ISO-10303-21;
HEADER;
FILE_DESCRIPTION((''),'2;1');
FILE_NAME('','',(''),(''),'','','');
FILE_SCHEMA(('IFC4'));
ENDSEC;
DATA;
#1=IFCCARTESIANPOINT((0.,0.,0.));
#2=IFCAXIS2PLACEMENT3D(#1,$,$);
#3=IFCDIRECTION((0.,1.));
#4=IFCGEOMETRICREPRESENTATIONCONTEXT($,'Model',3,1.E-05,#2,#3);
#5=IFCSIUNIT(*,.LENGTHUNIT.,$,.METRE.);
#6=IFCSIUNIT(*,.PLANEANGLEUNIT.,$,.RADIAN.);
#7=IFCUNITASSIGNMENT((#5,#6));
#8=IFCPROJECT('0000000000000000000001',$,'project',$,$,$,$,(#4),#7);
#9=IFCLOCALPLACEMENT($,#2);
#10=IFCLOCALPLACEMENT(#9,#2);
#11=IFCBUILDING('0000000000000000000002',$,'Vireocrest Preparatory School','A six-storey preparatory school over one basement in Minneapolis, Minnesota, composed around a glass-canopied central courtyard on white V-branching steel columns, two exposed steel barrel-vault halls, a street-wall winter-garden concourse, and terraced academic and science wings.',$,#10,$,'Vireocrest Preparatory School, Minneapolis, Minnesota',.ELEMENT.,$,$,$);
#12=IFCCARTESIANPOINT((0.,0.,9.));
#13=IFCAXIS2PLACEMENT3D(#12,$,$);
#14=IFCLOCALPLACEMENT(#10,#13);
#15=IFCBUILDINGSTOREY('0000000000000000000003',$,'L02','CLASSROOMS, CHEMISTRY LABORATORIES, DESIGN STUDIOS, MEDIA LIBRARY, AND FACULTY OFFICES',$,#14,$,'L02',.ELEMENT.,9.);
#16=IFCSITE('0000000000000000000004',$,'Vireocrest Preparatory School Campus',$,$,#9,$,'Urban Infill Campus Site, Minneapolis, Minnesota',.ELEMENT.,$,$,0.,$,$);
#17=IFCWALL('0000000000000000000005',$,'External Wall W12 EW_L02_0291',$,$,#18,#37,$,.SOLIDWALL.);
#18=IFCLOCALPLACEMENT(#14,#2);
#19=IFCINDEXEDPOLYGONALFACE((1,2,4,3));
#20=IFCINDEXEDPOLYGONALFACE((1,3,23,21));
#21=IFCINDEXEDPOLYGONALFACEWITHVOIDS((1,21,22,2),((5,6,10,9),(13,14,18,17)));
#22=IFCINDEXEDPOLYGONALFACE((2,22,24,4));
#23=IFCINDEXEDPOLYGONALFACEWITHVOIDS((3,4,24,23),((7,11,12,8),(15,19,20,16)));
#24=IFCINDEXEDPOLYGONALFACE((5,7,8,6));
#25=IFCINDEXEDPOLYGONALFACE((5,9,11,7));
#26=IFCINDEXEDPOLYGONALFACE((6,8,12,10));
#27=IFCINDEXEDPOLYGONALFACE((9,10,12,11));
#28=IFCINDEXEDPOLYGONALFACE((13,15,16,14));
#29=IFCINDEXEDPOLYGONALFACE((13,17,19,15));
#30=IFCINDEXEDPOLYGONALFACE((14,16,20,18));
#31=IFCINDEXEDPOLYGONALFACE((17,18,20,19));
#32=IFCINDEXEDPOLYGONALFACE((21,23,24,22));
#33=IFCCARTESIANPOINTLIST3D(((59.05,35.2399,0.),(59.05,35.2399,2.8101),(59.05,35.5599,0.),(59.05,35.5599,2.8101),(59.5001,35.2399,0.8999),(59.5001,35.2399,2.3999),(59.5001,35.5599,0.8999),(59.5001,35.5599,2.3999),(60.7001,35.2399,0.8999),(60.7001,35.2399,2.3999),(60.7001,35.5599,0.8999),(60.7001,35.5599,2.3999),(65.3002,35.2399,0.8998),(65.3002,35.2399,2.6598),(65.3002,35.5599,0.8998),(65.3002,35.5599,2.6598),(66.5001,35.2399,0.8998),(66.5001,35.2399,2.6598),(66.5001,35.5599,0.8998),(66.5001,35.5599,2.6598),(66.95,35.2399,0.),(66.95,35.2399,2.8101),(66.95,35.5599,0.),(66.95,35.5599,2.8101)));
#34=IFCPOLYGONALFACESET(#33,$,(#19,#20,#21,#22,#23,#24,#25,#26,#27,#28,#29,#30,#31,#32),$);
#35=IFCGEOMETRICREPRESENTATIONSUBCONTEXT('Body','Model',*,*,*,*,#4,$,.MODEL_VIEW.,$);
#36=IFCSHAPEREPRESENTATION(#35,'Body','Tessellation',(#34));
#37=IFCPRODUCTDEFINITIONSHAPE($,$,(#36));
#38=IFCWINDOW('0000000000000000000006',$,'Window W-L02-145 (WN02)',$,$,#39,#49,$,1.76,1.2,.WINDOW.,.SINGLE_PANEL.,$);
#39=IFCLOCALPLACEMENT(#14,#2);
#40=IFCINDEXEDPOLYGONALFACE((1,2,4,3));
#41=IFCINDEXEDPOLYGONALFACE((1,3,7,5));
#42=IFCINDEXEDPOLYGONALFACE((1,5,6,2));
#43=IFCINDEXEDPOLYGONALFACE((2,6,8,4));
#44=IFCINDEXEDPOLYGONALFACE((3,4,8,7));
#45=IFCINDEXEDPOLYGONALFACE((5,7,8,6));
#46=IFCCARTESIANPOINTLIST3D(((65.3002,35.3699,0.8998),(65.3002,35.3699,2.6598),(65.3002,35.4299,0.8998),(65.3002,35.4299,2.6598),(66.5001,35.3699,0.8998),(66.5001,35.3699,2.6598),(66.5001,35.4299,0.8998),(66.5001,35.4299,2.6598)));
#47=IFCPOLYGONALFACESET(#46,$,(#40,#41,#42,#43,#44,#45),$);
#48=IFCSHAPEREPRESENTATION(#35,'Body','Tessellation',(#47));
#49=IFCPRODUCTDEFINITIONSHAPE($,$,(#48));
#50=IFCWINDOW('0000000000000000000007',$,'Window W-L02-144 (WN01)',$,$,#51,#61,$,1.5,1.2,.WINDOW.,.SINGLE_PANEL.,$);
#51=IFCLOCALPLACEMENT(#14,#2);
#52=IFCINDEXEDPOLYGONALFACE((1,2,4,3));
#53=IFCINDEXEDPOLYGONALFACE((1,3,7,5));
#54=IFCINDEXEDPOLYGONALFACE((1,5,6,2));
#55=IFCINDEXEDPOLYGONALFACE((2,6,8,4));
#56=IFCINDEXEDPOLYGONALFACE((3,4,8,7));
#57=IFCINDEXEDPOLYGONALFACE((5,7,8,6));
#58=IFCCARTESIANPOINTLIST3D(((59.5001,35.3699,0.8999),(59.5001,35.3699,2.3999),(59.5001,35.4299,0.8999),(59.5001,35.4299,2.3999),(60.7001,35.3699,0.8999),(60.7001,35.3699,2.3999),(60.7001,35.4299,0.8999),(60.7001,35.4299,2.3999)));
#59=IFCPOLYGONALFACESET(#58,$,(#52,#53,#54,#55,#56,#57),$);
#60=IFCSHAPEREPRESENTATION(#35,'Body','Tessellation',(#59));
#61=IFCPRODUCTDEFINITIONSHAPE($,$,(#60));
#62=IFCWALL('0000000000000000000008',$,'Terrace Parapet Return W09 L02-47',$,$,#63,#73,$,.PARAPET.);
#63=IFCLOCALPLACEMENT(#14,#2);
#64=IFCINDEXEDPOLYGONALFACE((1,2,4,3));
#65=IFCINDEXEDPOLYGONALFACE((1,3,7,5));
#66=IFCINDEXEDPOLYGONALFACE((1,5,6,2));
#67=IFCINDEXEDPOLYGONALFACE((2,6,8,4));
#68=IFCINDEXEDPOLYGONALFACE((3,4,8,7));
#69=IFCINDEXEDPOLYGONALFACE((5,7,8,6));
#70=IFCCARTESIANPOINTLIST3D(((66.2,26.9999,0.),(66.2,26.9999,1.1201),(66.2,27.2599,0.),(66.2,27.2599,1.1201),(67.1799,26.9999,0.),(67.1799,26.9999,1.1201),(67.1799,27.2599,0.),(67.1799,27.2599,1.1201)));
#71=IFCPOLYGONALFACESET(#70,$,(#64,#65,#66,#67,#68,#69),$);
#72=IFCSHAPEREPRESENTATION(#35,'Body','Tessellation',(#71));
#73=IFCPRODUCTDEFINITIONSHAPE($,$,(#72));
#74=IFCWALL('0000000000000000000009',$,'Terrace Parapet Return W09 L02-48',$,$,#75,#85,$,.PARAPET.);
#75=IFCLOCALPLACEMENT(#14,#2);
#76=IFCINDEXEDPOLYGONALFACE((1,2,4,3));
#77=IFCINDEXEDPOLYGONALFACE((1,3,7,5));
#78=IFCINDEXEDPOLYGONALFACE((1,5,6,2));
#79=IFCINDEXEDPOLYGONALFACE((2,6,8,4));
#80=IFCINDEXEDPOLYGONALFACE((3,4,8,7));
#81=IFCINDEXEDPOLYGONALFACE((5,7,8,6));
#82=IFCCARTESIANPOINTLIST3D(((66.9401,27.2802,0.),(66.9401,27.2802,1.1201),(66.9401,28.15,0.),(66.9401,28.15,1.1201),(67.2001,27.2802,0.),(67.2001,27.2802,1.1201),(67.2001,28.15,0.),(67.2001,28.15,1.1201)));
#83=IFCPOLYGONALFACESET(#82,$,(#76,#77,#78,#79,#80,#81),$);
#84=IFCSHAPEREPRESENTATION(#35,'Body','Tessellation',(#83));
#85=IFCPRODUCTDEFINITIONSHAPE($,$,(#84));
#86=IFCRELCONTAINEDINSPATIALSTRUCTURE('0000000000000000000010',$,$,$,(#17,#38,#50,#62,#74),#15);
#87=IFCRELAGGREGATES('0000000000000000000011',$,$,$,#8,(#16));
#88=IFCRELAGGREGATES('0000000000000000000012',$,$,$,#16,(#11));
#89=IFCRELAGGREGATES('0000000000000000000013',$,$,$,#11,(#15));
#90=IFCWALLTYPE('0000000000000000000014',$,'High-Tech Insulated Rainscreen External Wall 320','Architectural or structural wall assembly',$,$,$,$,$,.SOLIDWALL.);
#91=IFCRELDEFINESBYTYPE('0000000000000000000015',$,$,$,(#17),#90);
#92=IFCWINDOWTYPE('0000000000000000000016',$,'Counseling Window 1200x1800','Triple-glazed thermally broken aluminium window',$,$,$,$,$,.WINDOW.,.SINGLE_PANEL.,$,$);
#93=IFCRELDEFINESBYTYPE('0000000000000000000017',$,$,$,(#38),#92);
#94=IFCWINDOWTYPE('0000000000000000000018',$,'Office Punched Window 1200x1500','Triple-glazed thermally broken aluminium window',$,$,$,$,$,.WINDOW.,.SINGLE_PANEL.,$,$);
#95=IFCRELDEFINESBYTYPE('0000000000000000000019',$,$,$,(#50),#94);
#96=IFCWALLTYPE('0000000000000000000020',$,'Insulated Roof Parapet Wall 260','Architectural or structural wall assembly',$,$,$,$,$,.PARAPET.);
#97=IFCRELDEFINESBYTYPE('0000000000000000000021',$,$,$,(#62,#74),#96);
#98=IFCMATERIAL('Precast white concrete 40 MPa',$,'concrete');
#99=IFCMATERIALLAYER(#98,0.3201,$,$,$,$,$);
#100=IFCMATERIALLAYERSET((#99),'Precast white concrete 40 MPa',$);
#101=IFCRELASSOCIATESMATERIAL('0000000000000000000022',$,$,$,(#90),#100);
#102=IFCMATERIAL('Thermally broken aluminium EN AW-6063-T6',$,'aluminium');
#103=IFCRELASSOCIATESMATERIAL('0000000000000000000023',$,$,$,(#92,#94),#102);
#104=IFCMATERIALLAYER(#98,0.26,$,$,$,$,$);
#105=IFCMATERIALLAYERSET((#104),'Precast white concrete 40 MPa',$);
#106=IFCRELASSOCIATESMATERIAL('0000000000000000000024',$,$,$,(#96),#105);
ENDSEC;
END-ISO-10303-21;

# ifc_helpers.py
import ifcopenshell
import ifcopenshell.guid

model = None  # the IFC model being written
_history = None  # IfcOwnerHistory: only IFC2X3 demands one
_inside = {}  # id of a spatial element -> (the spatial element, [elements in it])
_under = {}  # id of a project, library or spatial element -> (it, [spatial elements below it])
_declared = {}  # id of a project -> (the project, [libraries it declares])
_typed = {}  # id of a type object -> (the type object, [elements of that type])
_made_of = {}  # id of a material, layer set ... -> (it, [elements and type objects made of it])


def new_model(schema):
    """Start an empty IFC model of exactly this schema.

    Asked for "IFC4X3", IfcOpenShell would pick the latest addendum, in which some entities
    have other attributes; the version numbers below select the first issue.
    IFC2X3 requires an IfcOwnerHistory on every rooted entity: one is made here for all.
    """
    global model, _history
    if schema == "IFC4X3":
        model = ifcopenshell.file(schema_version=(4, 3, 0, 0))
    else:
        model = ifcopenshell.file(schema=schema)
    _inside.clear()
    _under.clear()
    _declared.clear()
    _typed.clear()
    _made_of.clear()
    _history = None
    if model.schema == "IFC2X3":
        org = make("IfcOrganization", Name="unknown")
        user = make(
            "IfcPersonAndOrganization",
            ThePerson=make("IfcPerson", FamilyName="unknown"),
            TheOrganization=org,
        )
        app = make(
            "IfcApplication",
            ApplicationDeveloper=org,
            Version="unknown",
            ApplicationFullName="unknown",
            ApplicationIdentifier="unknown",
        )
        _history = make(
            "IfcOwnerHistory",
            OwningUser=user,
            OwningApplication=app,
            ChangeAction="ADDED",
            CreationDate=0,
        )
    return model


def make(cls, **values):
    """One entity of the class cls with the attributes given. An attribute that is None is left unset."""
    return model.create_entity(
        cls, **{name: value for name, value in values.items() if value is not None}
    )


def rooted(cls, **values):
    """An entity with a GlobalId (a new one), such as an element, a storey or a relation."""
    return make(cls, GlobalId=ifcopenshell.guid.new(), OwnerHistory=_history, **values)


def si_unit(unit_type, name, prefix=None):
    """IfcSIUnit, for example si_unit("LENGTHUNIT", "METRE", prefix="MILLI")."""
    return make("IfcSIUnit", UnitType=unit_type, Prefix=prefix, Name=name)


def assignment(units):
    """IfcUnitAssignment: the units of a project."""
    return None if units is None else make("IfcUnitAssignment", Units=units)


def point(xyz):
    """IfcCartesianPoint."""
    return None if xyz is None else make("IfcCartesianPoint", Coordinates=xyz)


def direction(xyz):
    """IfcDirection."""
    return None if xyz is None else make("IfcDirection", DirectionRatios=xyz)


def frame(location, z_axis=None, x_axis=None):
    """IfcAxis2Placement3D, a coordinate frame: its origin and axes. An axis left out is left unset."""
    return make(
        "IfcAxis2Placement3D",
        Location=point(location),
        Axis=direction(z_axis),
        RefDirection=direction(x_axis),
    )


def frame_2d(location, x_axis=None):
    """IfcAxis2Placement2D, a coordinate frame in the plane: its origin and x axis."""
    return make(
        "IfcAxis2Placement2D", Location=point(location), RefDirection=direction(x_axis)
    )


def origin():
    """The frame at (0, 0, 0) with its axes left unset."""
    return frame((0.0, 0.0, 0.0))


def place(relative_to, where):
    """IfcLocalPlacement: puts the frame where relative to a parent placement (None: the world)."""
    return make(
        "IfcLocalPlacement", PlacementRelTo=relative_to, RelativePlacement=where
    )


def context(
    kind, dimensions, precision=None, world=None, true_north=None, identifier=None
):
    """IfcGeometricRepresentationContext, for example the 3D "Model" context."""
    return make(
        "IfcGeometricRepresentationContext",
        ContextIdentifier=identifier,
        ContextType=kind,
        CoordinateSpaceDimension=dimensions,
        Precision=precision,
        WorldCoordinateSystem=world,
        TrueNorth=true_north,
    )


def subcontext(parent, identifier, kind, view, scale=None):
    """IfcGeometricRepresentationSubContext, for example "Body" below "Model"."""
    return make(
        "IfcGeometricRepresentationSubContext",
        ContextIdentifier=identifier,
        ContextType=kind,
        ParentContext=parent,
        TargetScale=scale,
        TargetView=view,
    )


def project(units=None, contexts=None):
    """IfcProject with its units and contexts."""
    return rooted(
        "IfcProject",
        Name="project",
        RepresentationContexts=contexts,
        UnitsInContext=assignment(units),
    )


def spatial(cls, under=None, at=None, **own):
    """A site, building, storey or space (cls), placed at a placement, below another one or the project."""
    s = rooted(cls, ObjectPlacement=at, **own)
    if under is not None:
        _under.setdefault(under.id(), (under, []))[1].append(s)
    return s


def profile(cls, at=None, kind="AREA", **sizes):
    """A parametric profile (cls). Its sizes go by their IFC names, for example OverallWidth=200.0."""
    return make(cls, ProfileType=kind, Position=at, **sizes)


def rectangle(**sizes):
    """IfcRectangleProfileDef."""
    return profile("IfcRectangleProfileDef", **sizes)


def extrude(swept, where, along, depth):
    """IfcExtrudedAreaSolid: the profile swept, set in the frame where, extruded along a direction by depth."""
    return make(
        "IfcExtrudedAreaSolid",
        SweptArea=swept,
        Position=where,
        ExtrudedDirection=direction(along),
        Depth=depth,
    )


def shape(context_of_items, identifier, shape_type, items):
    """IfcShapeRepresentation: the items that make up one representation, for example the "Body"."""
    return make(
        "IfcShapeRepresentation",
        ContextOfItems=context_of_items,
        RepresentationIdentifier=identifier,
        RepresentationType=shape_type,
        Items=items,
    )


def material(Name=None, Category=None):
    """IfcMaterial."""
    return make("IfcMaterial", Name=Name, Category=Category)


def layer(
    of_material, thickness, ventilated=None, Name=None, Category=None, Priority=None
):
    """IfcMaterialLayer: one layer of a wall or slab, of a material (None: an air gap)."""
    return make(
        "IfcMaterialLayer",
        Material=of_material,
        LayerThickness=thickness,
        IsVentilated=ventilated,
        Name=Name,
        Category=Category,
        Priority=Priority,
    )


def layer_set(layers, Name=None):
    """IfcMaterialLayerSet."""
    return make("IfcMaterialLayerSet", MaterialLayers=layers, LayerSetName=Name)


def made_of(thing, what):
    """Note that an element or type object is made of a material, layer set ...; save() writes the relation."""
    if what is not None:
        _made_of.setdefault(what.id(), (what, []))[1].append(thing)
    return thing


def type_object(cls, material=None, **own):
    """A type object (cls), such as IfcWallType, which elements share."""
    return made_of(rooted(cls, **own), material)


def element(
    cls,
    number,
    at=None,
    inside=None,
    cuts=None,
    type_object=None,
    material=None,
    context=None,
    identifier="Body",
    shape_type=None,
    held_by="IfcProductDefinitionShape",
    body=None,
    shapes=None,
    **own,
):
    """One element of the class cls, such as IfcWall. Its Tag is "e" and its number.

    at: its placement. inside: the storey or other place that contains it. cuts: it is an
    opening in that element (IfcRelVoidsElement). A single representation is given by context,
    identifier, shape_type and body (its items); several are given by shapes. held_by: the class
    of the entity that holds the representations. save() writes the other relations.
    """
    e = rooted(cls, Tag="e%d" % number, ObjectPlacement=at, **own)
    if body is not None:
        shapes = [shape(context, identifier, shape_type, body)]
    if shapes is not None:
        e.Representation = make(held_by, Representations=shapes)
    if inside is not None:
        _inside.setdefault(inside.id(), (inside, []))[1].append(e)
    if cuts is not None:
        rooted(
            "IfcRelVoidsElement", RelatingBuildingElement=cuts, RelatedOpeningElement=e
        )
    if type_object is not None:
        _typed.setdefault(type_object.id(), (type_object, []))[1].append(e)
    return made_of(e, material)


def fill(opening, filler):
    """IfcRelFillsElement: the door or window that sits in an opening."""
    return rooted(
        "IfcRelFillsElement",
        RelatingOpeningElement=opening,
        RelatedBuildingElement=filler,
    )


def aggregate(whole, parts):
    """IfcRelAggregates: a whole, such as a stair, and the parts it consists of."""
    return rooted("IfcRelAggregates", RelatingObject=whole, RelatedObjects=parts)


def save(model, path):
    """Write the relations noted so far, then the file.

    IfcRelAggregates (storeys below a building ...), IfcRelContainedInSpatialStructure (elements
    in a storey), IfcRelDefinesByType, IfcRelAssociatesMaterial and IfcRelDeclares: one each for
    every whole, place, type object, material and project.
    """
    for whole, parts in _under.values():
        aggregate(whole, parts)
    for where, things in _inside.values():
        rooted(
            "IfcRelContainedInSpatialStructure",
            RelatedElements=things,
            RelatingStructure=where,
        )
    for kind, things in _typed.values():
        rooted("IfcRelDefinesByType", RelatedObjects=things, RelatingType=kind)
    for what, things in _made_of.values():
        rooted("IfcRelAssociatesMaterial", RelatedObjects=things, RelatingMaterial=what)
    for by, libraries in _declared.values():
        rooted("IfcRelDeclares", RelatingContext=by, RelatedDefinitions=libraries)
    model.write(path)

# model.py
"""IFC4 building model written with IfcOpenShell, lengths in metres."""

from ifc_helpers import new_model, si_unit, direction, frame, frame_2d, origin, place, context, subcontext, project, spatial, rectangle, extrude, material, layer, layer_set, type_object, element, fill, save


model = new_model("IFC4")

# Units and contexts
model_context = context("Model", 3, precision=1e-05, world=origin(), true_north=direction((0.0, 1.0)))
body_context = subcontext(model_context, "Body", "Model", "MODEL_VIEW")
ifc_project = project(units=[si_unit("LENGTHUNIT", "METRE"), si_unit("PLANEANGLEUNIT", "RADIAN")], contexts=[model_context])

# Site, building, storey
site_placement = place(None, origin())
site = spatial("IfcSite", under=ifc_project, at=site_placement, Name="Vireocrest Preparatory School Campus", LongName="Urban Infill Campus Site, Minneapolis, Minnesota", CompositionType="ELEMENT", RefElevation=0.0)
building_placement = place(site_placement, origin())
building = spatial("IfcBuilding", under=site, at=building_placement, Name="Vireocrest Preparatory School", Description="A six-storey preparatory school over one basement in Minneapolis, Minnesota, composed around a glass-canopied central courtyard on white V-branching steel columns, two exposed steel barrel-vault halls, a street-wall winter-garden concourse, and terraced academic and science wings.", LongName="Vireocrest Preparatory School, Minneapolis, Minnesota", CompositionType="ELEMENT")
storey_placement = place(building_placement, frame((0.0, 0.0, 9.0)))
storey = spatial("IfcBuildingStorey", under=building, at=storey_placement, Name="L02", Description="CLASSROOMS, CHEMISTRY LABORATORIES, DESIGN STUDIOS, MEDIA LIBRARY, AND FACULTY OFFICES", LongName="L02", CompositionType="ELEMENT", Elevation=9.0)

# Wall, openings, windows
ifc_material_1 = material(Name="Precast white concrete 40 MPa", Category="concrete")
ifc_layer_1 = layer(ifc_material_1, 0.3201)
ifc_layer_set_1 = layer_set([ifc_layer_1], Name="Precast white concrete 40 MPa")
wall_type_1 = type_object("IfcWallType", Name="High-Tech Insulated Rainscreen External Wall 320", Description="Architectural or structural wall assembly", PredefinedType="SOLIDWALL", material=ifc_layer_set_1)
wall_1_placement = place(storey_placement, frame((59.05, 35.3999, 0.0), z_axis=(0.0, 0.0, 1.0), x_axis=(1.0, 0.0, 0.0)))
wall_1 = element("IfcWall", 1, at=wall_1_placement, inside=storey, type_object=wall_type_1, Name="External Wall W12 EW_L02_0291", PredefinedType="SOLIDWALL", context=body_context, shape_type="SweptSolid", body=[
    extrude(rectangle(XDim=7.8999, YDim=0.3201, at=frame_2d((3.95, 0.0))), origin(), (0.0, 0.0, 1.0), 2.8101),
])
opening_1_placement = place(wall_1_placement, frame((0.45, 0.0, 0.8999)))
opening_1 = element("IfcOpeningElement", 2, at=opening_1_placement, cuts=wall_1, PredefinedType="OPENING", context=body_context, shape_type="SweptSolid", body=[
    extrude(rectangle(XDim=1.2, YDim=1.5, at=frame_2d((0.6001, 0.75))), frame((0.0, 0.1699, 0.0), z_axis=(0.0, -1.0, 0.0), x_axis=(1.0, 0.0, 0.0)), (0.0, 0.0, 1.0), 0.3401),
])
opening_2_placement = place(wall_1_placement, frame((6.25, 0.0, 0.8999)))
opening_2 = element("IfcOpeningElement", 3, at=opening_2_placement, cuts=wall_1, PredefinedType="OPENING", context=body_context, shape_type="SweptSolid", body=[
    extrude(rectangle(XDim=1.2, YDim=1.76, at=frame_2d((0.6001, 0.8799))), frame((0.0, 0.1699, 0.0), z_axis=(0.0, -1.0, 0.0), x_axis=(1.0, 0.0, 0.0)), (0.0, 0.0, 1.0), 0.3401),
])
ifc_material_2 = material(Name="Thermally broken aluminium EN AW-6063-T6", Category="aluminium")
window_type_1 = type_object("IfcWindowType", Name="Counseling Window 1200x1800", Description="Triple-glazed thermally broken aluminium window", PartitioningType="SINGLE_PANEL", PredefinedType="WINDOW", material=ifc_material_2)
window_1_placement = place(opening_2_placement, origin())
window_1 = element("IfcWindow", 4, at=window_1_placement, inside=storey, type_object=window_type_1, Name="Window W-L02-145 (WN02)", OverallHeight=1.76, OverallWidth=1.2, PartitioningType="SINGLE_PANEL", PredefinedType="WINDOW", context=body_context, shape_type="SweptSolid", body=[
    extrude(rectangle(XDim=1.2, YDim=1.76, at=frame_2d((0.6001, 0.8799))), frame((0.0, 0.03, 0.0), z_axis=(0.0, -1.0, 0.0), x_axis=(1.0, 0.0, 0.0)), (0.0, 0.0, 1.0), 0.0601),
])
fill(opening_2, window_1)
window_type_2 = type_object("IfcWindowType", Name="Office Punched Window 1200x1500", Description="Triple-glazed thermally broken aluminium window", PartitioningType="SINGLE_PANEL", PredefinedType="WINDOW", material=ifc_material_2)
window_2_placement = place(opening_1_placement, origin())
window_2 = element("IfcWindow", 5, at=window_2_placement, inside=storey, type_object=window_type_2, Name="Window W-L02-144 (WN01)", OverallHeight=1.5, OverallWidth=1.2, PartitioningType="SINGLE_PANEL", PredefinedType="WINDOW", context=body_context, shape_type="SweptSolid", body=[
    extrude(rectangle(XDim=1.2, YDim=1.5, at=frame_2d((0.6001, 0.75))), frame((0.0, 0.03, 0.0), z_axis=(0.0, -1.0, 0.0), x_axis=(1.0, 0.0, 0.0)), (0.0, 0.0, 1.0), 0.0601),
])
fill(opening_1, window_2)

# Walls
ifc_layer_2 = layer(ifc_material_1, 0.26)
ifc_layer_set_2 = layer_set([ifc_layer_2], Name="Precast white concrete 40 MPa")
wall_type_2 = type_object("IfcWallType", Name="Insulated Roof Parapet Wall 260", Description="Architectural or structural wall assembly", PredefinedType="PARAPET", material=ifc_layer_set_2)
wall_2_placement = place(storey_placement, frame((66.2, 27.1299, 0.0), z_axis=(0.0, 0.0, 1.0), x_axis=(1.0, 0.0, 0.0)))
element("IfcWall", 6, at=wall_2_placement, inside=storey, type_object=wall_type_2, Name="Terrace Parapet Return W09 L02-47", PredefinedType="PARAPET", context=body_context, shape_type="SweptSolid", body=[
    extrude(rectangle(XDim=0.98, YDim=0.26, at=frame_2d((0.49, 0.0))), origin(), (0.0, 0.0, 1.0), 1.1201),
])
wall_3_placement = place(storey_placement, frame((67.0701, 27.28, 0.0), z_axis=(0.0, 0.0, 1.0), x_axis=(0.0, 1.0, 0.0)))
element("IfcWall", 7, at=wall_3_placement, inside=storey, type_object=wall_type_2, Name="Terrace Parapet Return W09 L02-48", PredefinedType="PARAPET", context=body_context, shape_type="SweptSolid", body=[
    extrude(rectangle(XDim=0.8699, YDim=0.26, at=frame_2d((0.4351, 0.0))), origin(), (0.0, 0.0, 1.0), 1.1201),
])

save(model, "model.ifc")
